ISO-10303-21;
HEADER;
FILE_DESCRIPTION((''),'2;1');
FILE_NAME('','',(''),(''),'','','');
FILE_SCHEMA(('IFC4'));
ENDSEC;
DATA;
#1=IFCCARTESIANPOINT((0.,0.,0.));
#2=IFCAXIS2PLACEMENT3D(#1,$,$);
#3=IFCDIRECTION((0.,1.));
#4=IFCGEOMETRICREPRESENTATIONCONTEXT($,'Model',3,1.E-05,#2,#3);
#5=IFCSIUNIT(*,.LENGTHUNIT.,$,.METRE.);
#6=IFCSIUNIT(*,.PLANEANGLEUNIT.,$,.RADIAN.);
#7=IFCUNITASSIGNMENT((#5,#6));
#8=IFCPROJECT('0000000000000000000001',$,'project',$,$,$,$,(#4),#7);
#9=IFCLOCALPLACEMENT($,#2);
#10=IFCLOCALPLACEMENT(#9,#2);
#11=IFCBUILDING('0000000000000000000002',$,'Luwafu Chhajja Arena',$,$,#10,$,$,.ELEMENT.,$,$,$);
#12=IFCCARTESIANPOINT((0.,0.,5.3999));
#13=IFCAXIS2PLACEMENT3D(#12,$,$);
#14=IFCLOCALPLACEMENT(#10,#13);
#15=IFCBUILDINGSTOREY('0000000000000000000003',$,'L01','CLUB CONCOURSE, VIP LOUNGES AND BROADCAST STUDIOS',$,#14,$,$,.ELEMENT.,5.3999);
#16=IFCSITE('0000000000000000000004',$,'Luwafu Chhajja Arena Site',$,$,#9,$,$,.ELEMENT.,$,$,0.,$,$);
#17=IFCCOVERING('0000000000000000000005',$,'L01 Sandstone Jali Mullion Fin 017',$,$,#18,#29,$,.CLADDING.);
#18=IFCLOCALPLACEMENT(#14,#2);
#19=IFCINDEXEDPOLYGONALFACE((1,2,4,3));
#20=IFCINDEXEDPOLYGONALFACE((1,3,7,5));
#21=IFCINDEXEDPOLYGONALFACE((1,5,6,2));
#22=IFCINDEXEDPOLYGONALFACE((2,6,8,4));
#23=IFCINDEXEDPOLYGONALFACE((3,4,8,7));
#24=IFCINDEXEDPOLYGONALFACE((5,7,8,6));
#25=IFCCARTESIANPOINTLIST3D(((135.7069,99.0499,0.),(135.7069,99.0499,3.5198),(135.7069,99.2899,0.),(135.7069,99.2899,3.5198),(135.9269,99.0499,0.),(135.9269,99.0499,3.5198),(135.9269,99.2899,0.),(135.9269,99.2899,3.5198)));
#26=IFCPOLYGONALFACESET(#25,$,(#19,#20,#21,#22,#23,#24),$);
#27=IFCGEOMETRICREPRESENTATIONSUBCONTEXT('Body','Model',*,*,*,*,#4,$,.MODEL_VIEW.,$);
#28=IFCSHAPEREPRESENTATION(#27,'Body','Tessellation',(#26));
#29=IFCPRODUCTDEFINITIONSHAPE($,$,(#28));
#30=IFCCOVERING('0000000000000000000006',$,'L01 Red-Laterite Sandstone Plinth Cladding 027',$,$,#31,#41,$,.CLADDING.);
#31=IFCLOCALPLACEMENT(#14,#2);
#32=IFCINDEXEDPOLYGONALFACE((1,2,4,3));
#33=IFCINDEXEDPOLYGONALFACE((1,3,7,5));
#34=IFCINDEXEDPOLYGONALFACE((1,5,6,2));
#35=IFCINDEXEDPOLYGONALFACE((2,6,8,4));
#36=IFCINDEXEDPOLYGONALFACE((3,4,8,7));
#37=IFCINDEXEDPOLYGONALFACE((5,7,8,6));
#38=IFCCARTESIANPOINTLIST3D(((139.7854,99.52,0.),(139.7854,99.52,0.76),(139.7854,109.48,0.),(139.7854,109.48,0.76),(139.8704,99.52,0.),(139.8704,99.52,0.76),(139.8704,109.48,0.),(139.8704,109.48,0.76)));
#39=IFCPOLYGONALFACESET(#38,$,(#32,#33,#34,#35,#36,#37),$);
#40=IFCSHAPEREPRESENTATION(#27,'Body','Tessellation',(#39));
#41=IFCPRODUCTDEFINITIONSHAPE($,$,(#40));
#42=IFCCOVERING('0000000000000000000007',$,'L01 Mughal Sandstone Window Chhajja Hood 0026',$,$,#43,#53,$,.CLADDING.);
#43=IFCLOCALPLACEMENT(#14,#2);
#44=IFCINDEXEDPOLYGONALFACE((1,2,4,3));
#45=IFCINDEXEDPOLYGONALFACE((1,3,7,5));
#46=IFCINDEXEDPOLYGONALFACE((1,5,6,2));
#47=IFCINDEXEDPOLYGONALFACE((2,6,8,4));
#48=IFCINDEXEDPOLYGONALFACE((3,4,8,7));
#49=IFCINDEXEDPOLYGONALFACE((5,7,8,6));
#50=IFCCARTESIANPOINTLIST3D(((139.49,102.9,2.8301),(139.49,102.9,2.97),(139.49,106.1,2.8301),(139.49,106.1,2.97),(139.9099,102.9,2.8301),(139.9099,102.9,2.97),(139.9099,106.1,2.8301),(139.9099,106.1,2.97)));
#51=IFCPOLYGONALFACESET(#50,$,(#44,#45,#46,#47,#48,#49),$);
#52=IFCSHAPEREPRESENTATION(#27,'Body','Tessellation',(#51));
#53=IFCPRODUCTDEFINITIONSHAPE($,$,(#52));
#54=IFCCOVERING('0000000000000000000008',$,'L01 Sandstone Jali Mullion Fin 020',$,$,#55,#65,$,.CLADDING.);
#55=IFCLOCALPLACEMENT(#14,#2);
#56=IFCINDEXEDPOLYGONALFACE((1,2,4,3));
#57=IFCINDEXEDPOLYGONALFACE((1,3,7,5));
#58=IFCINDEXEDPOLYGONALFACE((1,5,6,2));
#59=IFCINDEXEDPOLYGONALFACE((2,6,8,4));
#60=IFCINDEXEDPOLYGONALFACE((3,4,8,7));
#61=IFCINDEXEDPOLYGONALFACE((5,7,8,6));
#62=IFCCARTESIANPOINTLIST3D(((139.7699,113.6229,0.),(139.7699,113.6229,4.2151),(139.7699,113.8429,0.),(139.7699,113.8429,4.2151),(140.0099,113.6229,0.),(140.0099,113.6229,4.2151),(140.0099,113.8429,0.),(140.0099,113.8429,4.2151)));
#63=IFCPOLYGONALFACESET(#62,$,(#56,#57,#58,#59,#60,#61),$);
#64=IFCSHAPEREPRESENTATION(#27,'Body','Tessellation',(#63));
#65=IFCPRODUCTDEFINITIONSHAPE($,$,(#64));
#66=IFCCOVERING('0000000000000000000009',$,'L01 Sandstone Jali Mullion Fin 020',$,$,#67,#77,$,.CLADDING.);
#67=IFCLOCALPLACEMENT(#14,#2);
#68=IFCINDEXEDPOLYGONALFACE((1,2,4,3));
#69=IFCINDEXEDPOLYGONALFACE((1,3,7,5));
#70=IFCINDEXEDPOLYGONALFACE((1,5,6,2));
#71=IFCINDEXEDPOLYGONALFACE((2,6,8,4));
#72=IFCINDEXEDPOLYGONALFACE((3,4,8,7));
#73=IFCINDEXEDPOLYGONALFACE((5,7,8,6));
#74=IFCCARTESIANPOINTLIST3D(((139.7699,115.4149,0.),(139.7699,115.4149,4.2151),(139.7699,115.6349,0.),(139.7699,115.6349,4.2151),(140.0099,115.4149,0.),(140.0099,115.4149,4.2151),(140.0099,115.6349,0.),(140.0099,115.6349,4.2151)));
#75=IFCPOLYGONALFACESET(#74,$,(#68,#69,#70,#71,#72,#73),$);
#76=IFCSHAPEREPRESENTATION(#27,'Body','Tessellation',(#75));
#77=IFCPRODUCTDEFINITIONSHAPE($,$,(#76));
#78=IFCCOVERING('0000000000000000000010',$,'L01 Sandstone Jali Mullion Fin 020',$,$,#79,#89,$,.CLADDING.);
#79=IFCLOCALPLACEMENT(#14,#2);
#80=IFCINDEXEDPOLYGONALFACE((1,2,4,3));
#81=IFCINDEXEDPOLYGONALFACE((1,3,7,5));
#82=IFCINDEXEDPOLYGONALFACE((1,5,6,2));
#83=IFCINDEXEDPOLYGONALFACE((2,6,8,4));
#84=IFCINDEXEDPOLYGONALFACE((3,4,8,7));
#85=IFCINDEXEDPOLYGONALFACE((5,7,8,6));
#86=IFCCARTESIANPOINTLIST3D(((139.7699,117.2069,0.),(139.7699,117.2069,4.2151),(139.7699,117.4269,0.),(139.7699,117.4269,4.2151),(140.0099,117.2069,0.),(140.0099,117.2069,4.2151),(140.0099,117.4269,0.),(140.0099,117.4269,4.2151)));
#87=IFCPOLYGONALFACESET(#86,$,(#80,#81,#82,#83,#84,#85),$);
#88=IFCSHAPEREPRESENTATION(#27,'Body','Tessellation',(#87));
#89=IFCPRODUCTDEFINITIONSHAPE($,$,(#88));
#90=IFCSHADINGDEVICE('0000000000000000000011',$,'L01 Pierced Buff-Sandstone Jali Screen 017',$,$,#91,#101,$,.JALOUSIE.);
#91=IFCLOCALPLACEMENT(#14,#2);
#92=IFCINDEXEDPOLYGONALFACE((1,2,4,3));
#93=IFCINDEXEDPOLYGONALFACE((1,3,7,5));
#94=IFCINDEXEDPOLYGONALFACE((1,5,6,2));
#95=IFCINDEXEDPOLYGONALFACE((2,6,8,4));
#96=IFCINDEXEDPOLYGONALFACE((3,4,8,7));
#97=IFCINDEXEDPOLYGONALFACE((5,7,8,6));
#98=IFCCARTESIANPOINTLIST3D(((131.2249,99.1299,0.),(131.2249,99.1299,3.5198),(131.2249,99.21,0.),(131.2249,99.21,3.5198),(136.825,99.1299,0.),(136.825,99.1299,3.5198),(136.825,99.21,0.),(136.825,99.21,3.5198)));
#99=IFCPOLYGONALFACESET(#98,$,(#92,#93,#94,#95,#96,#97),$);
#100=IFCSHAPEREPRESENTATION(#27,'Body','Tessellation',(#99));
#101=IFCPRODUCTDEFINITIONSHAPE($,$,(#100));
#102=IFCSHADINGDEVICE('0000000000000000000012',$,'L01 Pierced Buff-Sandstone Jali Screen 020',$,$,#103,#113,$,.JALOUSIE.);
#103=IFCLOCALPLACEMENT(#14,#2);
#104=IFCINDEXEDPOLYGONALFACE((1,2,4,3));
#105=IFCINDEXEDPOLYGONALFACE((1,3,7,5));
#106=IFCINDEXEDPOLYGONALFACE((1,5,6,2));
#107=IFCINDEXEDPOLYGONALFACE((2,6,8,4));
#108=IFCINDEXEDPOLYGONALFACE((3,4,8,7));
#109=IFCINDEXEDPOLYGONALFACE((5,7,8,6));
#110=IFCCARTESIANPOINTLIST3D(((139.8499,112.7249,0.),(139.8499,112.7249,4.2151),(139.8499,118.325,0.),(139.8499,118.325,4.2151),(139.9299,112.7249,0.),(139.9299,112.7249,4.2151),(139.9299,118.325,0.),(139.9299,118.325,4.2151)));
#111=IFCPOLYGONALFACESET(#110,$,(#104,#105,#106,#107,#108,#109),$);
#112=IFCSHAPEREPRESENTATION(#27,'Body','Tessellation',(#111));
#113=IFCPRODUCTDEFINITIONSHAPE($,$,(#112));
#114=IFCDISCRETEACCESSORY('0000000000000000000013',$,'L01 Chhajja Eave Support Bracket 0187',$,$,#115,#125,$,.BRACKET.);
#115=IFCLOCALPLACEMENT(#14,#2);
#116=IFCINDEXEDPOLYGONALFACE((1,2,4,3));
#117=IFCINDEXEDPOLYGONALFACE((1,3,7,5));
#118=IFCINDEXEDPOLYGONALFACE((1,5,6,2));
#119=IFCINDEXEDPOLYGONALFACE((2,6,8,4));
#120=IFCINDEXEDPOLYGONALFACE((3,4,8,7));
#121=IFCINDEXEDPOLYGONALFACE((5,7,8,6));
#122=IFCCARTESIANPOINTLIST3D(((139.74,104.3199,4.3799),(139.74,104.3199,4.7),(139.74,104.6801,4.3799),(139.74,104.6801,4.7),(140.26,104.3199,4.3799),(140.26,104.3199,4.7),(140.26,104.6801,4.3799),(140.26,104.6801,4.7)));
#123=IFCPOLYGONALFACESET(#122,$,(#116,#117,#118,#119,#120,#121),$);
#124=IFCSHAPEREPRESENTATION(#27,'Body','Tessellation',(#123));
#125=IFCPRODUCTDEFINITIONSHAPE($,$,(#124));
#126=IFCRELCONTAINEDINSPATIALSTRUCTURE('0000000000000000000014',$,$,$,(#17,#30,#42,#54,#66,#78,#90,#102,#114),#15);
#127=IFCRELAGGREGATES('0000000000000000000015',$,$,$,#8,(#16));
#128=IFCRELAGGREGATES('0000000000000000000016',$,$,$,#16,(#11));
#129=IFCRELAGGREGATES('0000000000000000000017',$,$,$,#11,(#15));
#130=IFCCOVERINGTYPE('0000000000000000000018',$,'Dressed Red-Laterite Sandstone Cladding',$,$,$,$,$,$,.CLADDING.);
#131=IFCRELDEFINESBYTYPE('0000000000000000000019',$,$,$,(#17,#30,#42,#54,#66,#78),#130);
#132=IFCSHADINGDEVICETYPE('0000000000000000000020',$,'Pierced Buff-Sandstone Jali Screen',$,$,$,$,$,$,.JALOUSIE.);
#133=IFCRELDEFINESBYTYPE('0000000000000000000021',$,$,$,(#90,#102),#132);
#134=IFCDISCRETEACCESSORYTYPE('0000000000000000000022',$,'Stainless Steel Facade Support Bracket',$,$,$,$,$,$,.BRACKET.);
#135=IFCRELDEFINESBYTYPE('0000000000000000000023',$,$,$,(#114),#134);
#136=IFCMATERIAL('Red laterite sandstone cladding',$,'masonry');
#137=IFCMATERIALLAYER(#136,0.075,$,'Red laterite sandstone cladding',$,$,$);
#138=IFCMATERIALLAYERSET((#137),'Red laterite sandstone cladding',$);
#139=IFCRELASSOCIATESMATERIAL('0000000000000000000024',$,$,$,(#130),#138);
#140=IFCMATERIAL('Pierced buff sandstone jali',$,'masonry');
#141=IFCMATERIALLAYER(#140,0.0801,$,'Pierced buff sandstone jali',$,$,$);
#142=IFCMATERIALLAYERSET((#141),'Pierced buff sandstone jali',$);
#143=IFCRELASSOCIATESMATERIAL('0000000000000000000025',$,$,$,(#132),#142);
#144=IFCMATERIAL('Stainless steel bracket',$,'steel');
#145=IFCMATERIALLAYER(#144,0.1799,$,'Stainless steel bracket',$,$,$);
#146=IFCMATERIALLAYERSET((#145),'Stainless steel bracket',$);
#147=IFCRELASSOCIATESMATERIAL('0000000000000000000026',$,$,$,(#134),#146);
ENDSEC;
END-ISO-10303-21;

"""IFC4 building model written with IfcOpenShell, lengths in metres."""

from ifc_helpers import new_model, si_unit, direction, frame, origin, origin_2d, place, context, subcontext, project, spatial, rectangle, extrude, material, layer, layer_set, type_object, element, save


model = new_model("IFC4")

# Units and contexts
model_context = context("Model", 3, precision=1e-05, world=origin(), true_north=direction((0.0, 1.0)))
body_context = subcontext(model_context, "Body", "Model", "MODEL_VIEW")
ifc_project = project(units=[si_unit("LENGTHUNIT", "METRE"), si_unit("PLANEANGLEUNIT", "RADIAN")], contexts=[model_context])

# Site, building, storey
site_placement = place(None, origin())
site = spatial("IfcSite", under=ifc_project, at=site_placement, Name="Luwafu Chhajja Arena Site", CompositionType="ELEMENT", RefElevation=0.0)
building_placement = place(site_placement, origin())
building = spatial("IfcBuilding", under=site, at=building_placement, Name="Luwafu Chhajja Arena", CompositionType="ELEMENT")
storey_placement = place(building_placement, frame((0.0, 0.0, 5.3999)))
storey = spatial("IfcBuildingStorey", under=building, at=storey_placement, Name="L01", Description="CLUB CONCOURSE, VIP LOUNGES AND BROADCAST STUDIOS", CompositionType="ELEMENT", Elevation=5.3999)

# Coverings
ifc_material_1 = material(Name="Red laterite sandstone cladding", Category="masonry")
ifc_layer_1 = layer(ifc_material_1, 0.075, Name="Red laterite sandstone cladding")
ifc_layer_set_1 = layer_set([ifc_layer_1], Name="Red laterite sandstone cladding")
covering_type = type_object("IfcCoveringType", Name="Dressed Red-Laterite Sandstone Cladding", PredefinedType="CLADDING", material=ifc_layer_set_1)
for number, where, z_axis, x_axis, name in (
    (1, (135.8169, 99.1699, 0.0), (0.0, 0.0, 1.0), (1.0, 0.0, 0.0), "L01 Sandstone Jali Mullion Fin 017"),
):
    element("IfcCovering", number, at=place(storey_placement, frame(where, z_axis=z_axis, x_axis=x_axis)), inside=storey, type_object=covering_type, Name=name, PredefinedType="CLADDING", context=body_context, shape_type="SweptSolid", body=[
        extrude(rectangle(XDim=0.22, YDim=0.24, at=origin_2d()), origin(), (0.0, 0.0, 1.0), 3.5198),
    ])
covering_1_placement = place(storey_placement, frame((139.8279, 104.5, 0.0), z_axis=(0.0, 0.0, 1.0), x_axis=(0.0, 1.0, 0.0)))
element("IfcCovering", 2, at=covering_1_placement, inside=storey, type_object=covering_type, Name="L01 Red-Laterite Sandstone Plinth Cladding 027", PredefinedType="CLADDING", context=body_context, shape_type="SweptSolid", body=[
    extrude(rectangle(XDim=9.96, YDim=0.085, at=origin_2d()), origin(), (0.0, 0.0, 1.0), 0.76),
])
covering_2_placement = place(storey_placement, frame((139.7, 104.5, 2.8301), z_axis=(0.0, 0.0, 1.0), x_axis=(0.0, 1.0, 0.0)))
element("IfcCovering", 3, at=covering_2_placement, inside=storey, type_object=covering_type, Name="L01 Mughal Sandstone Window Chhajja Hood 0026", PredefinedType="CLADDING", context=body_context, shape_type="SweptSolid", body=[
    extrude(rectangle(XDim=3.2, YDim=0.4199, at=origin_2d()), origin(), (0.0, 0.0, 1.0), 0.1399),
])
for number, where, z_axis, x_axis, name in (
    (4, (139.8899, 113.7329, 0.0), (0.0, 0.0, 1.0), (0.0, 1.0, 0.0), "L01 Sandstone Jali Mullion Fin 020"),
    (5, (139.8899, 115.5249, 0.0), (0.0, 0.0, 1.0), (0.0, 1.0, 0.0), "L01 Sandstone Jali Mullion Fin 020"),
    (6, (139.8899, 117.3169, 0.0), (0.0, 0.0, 1.0), (0.0, 1.0, 0.0), "L01 Sandstone Jali Mullion Fin 020"),
):
    element("IfcCovering", number, at=place(storey_placement, frame(where, z_axis=z_axis, x_axis=x_axis)), inside=storey, type_object=covering_type, Name=name, PredefinedType="CLADDING", context=body_context, shape_type="SweptSolid", body=[
        extrude(rectangle(XDim=0.22, YDim=0.24, at=origin_2d()), origin(), (0.0, 0.0, 1.0), 4.2151),
    ])

# Shading devices
ifc_material_2 = material(Name="Pierced buff sandstone jali", Category="masonry")
ifc_layer_2 = layer(ifc_material_2, 0.0801, Name="Pierced buff sandstone jali")
ifc_layer_set_2 = layer_set([ifc_layer_2], Name="Pierced buff sandstone jali")
shading_device_type = type_object("IfcShadingDeviceType", Name="Pierced Buff-Sandstone Jali Screen", PredefinedType="JALOUSIE", material=ifc_layer_set_2)
shading_device_1_placement = place(storey_placement, frame((134.0249, 99.1699, 0.0), z_axis=(0.0, 0.0, 1.0), x_axis=(1.0, 0.0, 0.0)))
element("IfcShadingDevice", 7, at=shading_device_1_placement, inside=storey, type_object=shading_device_type, Name="L01 Pierced Buff-Sandstone Jali Screen 017", PredefinedType="JALOUSIE", context=body_context, shape_type="SweptSolid", body=[
    extrude(rectangle(XDim=5.6001, YDim=0.0801, at=origin_2d()), origin(), (0.0, 0.0, 1.0), 3.5198),
])
shading_device_2_placement = place(storey_placement, frame((139.8899, 115.5249, 0.0), z_axis=(0.0, 0.0, 1.0), x_axis=(0.0, 1.0, 0.0)))
element("IfcShadingDevice", 8, at=shading_device_2_placement, inside=storey, type_object=shading_device_type, Name="L01 Pierced Buff-Sandstone Jali Screen 020", PredefinedType="JALOUSIE", context=body_context, shape_type="SweptSolid", body=[
    extrude(rectangle(XDim=5.6001, YDim=0.0801, at=origin_2d()), origin(), (0.0, 0.0, 1.0), 4.2151),
])

# Discrete accessory
ifc_material_3 = material(Name="Stainless steel bracket", Category="steel")
ifc_layer_3 = layer(ifc_material_3, 0.1799, Name="Stainless steel bracket")
ifc_layer_set_3 = layer_set([ifc_layer_3], Name="Stainless steel bracket")
discrete_accessory_type = type_object("IfcDiscreteAccessoryType", Name="Stainless Steel Facade Support Bracket", PredefinedType="BRACKET", material=ifc_layer_set_3)
discrete_accessory_placement = place(storey_placement, frame((140.0, 104.5, 4.3799), z_axis=(0.0, 0.0, 1.0), x_axis=(0.0, 1.0, 0.0)))
element("IfcDiscreteAccessory", 9, at=discrete_accessory_placement, inside=storey, type_object=discrete_accessory_type, Name="L01 Chhajja Eave Support Bracket 0187", PredefinedType="BRACKET", context=body_context, shape_type="SweptSolid", body=[
    extrude(rectangle(XDim=0.3601, YDim=0.52, at=origin_2d()), origin(), (0.0, 0.0, 1.0), 0.3201),
])

save(model, "model.ifc")
